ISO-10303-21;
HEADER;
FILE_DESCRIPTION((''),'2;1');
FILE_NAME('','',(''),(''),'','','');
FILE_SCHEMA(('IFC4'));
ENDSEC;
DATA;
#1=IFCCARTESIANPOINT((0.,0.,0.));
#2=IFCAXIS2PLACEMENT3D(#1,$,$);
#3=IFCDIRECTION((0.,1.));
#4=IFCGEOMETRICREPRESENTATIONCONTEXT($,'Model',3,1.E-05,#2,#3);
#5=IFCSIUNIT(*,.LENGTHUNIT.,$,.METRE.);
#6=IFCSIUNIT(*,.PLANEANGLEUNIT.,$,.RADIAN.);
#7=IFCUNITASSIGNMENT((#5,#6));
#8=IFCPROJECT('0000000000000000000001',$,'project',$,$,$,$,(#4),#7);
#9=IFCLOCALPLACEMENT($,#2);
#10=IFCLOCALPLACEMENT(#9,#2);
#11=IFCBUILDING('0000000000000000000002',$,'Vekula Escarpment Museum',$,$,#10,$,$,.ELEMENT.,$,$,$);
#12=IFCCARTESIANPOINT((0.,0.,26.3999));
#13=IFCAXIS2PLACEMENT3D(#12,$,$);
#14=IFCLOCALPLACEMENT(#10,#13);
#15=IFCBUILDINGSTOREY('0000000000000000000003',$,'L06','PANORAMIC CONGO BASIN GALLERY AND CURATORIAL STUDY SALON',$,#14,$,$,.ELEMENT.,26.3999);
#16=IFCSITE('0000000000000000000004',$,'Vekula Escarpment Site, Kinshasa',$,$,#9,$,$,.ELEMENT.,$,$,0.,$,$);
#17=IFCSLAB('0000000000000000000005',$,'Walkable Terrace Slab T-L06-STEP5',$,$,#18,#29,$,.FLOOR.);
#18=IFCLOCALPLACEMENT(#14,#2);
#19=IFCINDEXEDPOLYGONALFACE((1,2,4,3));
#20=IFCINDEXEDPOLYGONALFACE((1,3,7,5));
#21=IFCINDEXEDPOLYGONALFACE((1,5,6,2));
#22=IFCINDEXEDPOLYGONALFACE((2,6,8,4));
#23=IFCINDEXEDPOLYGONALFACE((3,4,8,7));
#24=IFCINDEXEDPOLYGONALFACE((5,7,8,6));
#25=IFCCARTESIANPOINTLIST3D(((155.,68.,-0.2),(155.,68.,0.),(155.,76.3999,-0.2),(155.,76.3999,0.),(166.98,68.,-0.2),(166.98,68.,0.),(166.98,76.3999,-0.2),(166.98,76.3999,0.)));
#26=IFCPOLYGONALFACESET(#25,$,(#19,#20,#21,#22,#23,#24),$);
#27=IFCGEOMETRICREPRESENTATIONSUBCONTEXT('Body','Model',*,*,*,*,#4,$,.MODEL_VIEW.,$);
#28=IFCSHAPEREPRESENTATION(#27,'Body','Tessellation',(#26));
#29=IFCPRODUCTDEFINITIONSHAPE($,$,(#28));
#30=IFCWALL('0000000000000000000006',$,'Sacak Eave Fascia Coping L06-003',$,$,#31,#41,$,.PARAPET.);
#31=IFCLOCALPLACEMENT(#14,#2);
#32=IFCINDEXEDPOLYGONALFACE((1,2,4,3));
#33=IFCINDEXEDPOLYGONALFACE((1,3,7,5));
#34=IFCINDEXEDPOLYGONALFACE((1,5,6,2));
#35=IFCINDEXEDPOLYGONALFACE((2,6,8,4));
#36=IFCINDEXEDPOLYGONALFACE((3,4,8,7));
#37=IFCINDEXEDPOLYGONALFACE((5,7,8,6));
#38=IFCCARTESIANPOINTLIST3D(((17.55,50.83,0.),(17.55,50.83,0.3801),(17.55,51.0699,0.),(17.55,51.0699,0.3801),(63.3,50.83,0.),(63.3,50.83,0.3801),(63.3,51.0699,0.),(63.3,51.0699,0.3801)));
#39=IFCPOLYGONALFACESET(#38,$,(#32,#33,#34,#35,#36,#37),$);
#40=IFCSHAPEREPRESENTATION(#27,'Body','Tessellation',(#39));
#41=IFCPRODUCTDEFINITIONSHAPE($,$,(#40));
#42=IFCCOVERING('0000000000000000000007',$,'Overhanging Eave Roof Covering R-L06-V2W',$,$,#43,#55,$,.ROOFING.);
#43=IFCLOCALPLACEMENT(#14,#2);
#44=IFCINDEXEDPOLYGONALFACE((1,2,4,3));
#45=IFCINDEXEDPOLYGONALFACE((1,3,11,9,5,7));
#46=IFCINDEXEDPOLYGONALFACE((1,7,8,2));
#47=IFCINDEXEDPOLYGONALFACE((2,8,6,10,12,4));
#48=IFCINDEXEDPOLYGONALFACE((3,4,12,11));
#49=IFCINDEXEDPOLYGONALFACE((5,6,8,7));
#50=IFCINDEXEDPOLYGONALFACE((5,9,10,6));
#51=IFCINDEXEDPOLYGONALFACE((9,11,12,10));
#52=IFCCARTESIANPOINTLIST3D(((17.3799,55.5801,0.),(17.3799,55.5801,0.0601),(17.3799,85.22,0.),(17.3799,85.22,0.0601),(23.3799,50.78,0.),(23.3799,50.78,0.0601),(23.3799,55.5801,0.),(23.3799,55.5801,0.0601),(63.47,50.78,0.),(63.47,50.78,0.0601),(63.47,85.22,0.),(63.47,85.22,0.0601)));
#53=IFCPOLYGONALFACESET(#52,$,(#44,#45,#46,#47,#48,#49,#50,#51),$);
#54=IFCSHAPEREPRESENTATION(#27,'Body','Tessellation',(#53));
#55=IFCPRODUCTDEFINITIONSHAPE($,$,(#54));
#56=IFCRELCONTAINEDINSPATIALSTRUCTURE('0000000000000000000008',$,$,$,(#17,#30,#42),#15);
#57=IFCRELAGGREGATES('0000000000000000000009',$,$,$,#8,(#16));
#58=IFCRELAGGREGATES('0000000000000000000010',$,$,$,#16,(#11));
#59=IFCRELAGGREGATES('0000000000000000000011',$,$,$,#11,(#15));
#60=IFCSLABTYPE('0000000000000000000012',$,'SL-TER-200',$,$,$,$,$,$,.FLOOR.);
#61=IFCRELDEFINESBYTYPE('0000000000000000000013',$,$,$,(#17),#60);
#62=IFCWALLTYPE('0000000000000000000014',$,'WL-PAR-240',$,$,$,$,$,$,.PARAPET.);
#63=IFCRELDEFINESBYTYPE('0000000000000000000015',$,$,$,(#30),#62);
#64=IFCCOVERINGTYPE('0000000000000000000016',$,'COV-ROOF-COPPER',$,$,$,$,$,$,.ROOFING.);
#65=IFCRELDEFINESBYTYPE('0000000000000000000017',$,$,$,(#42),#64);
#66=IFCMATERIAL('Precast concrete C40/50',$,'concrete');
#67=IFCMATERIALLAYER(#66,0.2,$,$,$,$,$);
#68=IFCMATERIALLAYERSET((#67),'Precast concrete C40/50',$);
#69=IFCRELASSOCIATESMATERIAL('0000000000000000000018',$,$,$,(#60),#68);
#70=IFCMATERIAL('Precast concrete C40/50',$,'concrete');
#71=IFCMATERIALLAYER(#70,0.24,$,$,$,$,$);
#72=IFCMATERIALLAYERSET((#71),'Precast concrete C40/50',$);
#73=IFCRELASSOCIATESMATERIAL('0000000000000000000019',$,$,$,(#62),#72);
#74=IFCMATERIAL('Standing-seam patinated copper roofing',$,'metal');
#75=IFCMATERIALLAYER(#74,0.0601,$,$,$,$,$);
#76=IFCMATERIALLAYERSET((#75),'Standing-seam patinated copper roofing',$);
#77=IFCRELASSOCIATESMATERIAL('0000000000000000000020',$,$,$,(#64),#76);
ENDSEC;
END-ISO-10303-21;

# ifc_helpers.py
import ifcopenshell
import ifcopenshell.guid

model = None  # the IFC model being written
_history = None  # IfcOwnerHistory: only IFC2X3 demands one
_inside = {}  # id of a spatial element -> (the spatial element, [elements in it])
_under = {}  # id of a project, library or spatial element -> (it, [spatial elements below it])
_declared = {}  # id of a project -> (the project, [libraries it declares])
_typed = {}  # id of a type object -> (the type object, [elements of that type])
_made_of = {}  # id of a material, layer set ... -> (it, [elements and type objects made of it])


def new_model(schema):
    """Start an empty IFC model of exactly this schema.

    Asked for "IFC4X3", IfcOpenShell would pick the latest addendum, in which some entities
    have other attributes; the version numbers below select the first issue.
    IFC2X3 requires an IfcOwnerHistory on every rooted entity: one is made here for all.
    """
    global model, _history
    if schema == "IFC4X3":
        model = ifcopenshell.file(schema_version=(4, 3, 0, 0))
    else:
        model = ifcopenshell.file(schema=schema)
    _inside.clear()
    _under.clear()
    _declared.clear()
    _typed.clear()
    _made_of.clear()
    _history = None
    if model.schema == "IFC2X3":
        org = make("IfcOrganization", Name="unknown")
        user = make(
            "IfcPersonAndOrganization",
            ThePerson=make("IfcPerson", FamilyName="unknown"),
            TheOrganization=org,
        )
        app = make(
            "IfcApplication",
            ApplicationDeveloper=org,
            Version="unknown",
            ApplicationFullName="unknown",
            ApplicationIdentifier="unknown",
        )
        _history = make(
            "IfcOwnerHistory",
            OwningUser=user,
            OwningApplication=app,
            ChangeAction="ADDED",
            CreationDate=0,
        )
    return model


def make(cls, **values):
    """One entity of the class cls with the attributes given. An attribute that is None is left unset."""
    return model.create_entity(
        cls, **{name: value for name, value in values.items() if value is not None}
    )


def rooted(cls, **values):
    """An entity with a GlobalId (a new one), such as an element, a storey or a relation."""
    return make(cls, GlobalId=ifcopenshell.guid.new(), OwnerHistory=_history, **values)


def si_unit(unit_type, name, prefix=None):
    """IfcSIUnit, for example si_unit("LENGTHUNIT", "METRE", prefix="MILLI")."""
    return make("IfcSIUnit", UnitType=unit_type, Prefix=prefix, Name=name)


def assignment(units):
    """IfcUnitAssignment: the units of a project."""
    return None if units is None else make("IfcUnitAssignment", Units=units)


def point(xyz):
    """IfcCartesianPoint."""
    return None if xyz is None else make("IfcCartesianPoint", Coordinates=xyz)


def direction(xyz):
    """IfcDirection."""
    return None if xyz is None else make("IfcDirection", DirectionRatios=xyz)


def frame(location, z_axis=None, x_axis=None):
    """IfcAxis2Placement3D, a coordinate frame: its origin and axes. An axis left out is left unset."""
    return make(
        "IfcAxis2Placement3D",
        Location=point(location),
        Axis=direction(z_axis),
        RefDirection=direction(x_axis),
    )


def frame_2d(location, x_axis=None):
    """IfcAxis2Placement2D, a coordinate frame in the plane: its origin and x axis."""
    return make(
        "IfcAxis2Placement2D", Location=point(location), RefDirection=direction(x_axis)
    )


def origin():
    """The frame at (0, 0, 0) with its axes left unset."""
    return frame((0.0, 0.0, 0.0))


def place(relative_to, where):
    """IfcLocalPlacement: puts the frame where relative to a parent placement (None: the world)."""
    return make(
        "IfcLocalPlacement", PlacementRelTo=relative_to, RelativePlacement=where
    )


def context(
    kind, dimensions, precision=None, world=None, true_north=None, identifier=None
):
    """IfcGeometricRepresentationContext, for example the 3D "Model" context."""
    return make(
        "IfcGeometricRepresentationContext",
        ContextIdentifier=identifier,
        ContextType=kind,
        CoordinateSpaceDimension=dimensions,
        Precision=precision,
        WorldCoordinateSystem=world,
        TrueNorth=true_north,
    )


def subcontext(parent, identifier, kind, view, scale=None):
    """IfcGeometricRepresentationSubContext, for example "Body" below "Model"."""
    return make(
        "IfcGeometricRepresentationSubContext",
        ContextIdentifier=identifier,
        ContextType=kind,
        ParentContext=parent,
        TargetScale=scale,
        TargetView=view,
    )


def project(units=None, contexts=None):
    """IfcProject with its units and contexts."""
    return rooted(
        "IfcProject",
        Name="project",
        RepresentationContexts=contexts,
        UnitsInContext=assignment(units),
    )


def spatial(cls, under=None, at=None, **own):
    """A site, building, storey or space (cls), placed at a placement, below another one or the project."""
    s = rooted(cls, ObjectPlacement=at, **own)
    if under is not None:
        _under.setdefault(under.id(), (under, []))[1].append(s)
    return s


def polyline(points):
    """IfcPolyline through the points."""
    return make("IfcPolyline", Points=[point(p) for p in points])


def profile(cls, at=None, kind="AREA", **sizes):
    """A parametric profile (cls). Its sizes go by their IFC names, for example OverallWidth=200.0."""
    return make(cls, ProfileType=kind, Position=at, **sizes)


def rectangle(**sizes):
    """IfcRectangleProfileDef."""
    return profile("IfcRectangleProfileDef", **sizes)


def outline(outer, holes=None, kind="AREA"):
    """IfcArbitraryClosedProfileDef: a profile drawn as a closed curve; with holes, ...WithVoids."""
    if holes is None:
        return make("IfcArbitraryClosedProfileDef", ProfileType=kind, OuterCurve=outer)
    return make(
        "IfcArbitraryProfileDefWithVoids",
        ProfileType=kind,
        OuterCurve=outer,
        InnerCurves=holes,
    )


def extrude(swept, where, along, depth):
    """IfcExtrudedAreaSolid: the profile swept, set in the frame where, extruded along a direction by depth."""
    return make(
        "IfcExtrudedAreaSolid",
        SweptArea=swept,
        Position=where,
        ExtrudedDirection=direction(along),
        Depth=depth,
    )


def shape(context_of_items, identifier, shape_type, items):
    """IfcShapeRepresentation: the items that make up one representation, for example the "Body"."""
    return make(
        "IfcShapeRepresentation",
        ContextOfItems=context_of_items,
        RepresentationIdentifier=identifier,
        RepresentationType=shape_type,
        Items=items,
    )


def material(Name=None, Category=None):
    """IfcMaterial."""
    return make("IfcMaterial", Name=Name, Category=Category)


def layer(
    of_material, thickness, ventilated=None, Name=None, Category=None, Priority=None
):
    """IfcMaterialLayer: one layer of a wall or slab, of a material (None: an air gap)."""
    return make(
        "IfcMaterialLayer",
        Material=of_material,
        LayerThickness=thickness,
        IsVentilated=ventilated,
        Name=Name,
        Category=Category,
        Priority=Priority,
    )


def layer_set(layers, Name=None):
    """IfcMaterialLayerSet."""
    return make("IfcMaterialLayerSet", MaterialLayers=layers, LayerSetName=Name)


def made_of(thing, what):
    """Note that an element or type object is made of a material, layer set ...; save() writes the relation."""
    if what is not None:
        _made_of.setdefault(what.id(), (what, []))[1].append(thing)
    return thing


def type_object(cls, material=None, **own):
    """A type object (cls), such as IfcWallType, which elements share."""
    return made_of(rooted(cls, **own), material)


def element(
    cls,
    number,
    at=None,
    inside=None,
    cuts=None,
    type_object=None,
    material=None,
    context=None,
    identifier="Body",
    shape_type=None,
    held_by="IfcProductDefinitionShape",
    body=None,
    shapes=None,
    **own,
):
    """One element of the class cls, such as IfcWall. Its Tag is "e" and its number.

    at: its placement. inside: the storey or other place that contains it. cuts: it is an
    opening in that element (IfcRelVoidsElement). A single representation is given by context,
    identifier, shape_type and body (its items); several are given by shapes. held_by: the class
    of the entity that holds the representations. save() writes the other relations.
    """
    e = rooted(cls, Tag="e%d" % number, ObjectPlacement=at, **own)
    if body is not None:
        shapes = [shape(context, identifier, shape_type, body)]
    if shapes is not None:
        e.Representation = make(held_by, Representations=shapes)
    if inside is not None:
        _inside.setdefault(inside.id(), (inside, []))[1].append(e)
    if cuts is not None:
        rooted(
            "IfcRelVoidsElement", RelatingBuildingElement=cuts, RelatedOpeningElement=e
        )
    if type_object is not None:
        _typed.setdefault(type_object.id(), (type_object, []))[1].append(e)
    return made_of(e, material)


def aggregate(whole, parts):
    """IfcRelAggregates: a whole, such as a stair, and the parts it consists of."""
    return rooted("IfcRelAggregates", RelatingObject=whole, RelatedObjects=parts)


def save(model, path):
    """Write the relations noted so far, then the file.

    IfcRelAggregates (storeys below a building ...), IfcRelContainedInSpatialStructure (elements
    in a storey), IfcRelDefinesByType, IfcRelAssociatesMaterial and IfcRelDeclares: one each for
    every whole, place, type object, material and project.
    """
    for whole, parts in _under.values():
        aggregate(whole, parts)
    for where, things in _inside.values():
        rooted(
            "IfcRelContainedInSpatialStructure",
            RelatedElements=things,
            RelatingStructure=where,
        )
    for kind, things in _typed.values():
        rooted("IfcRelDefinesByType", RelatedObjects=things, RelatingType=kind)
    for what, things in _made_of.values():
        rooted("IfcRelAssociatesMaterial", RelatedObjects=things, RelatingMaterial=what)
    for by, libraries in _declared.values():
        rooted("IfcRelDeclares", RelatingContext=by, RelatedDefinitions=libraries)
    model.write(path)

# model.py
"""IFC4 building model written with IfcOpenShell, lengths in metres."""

from ifc_helpers import new_model, si_unit, direction, frame, frame_2d, origin, place, context, subcontext, project, spatial, polyline, rectangle, outline, extrude, material, layer, layer_set, type_object, element, save


model = new_model("IFC4")

# Units and contexts
model_context = context("Model", 3, precision=1e-05, world=origin(), true_north=direction((0.0, 1.0)))
body_context = subcontext(model_context, "Body", "Model", "MODEL_VIEW")
ifc_project = project(units=[si_unit("LENGTHUNIT", "METRE"), si_unit("PLANEANGLEUNIT", "RADIAN")], contexts=[model_context])

# Site, building, storey
site_placement = place(None, origin())
site = spatial("IfcSite", under=ifc_project, at=site_placement, Name="Vekula Escarpment Site, Kinshasa", CompositionType="ELEMENT", RefElevation=0.0)
building_placement = place(site_placement, origin())
building = spatial("IfcBuilding", under=site, at=building_placement, Name="Vekula Escarpment Museum", CompositionType="ELEMENT")
storey_placement = place(building_placement, frame((0.0, 0.0, 26.3999)))
storey = spatial("IfcBuildingStorey", under=building, at=storey_placement, Name="L06", Description="PANORAMIC CONGO BASIN GALLERY AND CURATORIAL STUDY SALON", CompositionType="ELEMENT", Elevation=26.3999)

# Slab
ifc_material_1 = material(Name="Precast concrete C40/50", Category="concrete")
ifc_layer_1 = layer(ifc_material_1, 0.2)
ifc_layer_set_1 = layer_set([ifc_layer_1], Name="Precast concrete C40/50")
slab_type_1 = type_object("IfcSlabType", Name="SL-TER-200", PredefinedType="FLOOR", material=ifc_layer_set_1)
slab_1_placement = place(storey_placement, frame((0.0, 0.0, -0.2)))
element("IfcSlab", 1, at=slab_1_placement, inside=storey, type_object=slab_type_1, Name="Walkable Terrace Slab T-L06-STEP5", PredefinedType="FLOOR", context=body_context, shape_type="SweptSolid", body=[
    extrude(outline(polyline([(155.0, 68.0), (166.98, 68.0), (166.98, 76.3999), (155.0, 76.3999), (155.0, 68.0)])), origin(), (0.0, 0.0, 1.0), 0.2),
])

# Wall
ifc_material_2 = material(Name="Precast concrete C40/50", Category="concrete")
ifc_layer_2 = layer(ifc_material_2, 0.24)
ifc_layer_set_2 = layer_set([ifc_layer_2], Name="Precast concrete C40/50")
wall_type = type_object("IfcWallType", Name="WL-PAR-240", PredefinedType="PARAPET", material=ifc_layer_set_2)
wall_placement = place(storey_placement, frame((17.55, 50.95, 0.0), z_axis=(0.0, 0.0, 1.0), x_axis=(1.0, 0.0, 0.0)))
element("IfcWall", 2, at=wall_placement, inside=storey, type_object=wall_type, Name="Sacak Eave Fascia Coping L06-003", PredefinedType="PARAPET", context=body_context, shape_type="SweptSolid", body=[
    extrude(rectangle(XDim=45.75, YDim=0.24, at=frame_2d((22.875, 0.0))), origin(), (0.0, 0.0, 1.0), 0.3801),
])

# Covering
ifc_material_3 = material(Name="Standing-seam patinated copper roofing", Category="metal")
ifc_layer_3 = layer(ifc_material_3, 0.0601)
ifc_layer_set_3 = layer_set([ifc_layer_3], Name="Standing-seam patinated copper roofing")
covering_type = type_object("IfcCoveringType", Name="COV-ROOF-COPPER", PredefinedType="ROOFING", material=ifc_layer_set_3)
covering_placement = place(storey_placement, origin())
element("IfcCovering", 3, at=covering_placement, inside=storey, type_object=covering_type, Name="Overhanging Eave Roof Covering R-L06-V2W", PredefinedType="ROOFING", context=body_context, shape_type="SweptSolid", body=[
    extrude(outline(polyline([(23.3799, 55.5801), (17.3799, 55.5801), (17.3799, 85.22), (63.47, 85.22), (63.47, 50.78), (23.3799, 50.78), (23.3799, 55.5801)])), origin(), (0.0, 0.0, 1.0), 0.0601),
])

save(model, "model.ifc")
